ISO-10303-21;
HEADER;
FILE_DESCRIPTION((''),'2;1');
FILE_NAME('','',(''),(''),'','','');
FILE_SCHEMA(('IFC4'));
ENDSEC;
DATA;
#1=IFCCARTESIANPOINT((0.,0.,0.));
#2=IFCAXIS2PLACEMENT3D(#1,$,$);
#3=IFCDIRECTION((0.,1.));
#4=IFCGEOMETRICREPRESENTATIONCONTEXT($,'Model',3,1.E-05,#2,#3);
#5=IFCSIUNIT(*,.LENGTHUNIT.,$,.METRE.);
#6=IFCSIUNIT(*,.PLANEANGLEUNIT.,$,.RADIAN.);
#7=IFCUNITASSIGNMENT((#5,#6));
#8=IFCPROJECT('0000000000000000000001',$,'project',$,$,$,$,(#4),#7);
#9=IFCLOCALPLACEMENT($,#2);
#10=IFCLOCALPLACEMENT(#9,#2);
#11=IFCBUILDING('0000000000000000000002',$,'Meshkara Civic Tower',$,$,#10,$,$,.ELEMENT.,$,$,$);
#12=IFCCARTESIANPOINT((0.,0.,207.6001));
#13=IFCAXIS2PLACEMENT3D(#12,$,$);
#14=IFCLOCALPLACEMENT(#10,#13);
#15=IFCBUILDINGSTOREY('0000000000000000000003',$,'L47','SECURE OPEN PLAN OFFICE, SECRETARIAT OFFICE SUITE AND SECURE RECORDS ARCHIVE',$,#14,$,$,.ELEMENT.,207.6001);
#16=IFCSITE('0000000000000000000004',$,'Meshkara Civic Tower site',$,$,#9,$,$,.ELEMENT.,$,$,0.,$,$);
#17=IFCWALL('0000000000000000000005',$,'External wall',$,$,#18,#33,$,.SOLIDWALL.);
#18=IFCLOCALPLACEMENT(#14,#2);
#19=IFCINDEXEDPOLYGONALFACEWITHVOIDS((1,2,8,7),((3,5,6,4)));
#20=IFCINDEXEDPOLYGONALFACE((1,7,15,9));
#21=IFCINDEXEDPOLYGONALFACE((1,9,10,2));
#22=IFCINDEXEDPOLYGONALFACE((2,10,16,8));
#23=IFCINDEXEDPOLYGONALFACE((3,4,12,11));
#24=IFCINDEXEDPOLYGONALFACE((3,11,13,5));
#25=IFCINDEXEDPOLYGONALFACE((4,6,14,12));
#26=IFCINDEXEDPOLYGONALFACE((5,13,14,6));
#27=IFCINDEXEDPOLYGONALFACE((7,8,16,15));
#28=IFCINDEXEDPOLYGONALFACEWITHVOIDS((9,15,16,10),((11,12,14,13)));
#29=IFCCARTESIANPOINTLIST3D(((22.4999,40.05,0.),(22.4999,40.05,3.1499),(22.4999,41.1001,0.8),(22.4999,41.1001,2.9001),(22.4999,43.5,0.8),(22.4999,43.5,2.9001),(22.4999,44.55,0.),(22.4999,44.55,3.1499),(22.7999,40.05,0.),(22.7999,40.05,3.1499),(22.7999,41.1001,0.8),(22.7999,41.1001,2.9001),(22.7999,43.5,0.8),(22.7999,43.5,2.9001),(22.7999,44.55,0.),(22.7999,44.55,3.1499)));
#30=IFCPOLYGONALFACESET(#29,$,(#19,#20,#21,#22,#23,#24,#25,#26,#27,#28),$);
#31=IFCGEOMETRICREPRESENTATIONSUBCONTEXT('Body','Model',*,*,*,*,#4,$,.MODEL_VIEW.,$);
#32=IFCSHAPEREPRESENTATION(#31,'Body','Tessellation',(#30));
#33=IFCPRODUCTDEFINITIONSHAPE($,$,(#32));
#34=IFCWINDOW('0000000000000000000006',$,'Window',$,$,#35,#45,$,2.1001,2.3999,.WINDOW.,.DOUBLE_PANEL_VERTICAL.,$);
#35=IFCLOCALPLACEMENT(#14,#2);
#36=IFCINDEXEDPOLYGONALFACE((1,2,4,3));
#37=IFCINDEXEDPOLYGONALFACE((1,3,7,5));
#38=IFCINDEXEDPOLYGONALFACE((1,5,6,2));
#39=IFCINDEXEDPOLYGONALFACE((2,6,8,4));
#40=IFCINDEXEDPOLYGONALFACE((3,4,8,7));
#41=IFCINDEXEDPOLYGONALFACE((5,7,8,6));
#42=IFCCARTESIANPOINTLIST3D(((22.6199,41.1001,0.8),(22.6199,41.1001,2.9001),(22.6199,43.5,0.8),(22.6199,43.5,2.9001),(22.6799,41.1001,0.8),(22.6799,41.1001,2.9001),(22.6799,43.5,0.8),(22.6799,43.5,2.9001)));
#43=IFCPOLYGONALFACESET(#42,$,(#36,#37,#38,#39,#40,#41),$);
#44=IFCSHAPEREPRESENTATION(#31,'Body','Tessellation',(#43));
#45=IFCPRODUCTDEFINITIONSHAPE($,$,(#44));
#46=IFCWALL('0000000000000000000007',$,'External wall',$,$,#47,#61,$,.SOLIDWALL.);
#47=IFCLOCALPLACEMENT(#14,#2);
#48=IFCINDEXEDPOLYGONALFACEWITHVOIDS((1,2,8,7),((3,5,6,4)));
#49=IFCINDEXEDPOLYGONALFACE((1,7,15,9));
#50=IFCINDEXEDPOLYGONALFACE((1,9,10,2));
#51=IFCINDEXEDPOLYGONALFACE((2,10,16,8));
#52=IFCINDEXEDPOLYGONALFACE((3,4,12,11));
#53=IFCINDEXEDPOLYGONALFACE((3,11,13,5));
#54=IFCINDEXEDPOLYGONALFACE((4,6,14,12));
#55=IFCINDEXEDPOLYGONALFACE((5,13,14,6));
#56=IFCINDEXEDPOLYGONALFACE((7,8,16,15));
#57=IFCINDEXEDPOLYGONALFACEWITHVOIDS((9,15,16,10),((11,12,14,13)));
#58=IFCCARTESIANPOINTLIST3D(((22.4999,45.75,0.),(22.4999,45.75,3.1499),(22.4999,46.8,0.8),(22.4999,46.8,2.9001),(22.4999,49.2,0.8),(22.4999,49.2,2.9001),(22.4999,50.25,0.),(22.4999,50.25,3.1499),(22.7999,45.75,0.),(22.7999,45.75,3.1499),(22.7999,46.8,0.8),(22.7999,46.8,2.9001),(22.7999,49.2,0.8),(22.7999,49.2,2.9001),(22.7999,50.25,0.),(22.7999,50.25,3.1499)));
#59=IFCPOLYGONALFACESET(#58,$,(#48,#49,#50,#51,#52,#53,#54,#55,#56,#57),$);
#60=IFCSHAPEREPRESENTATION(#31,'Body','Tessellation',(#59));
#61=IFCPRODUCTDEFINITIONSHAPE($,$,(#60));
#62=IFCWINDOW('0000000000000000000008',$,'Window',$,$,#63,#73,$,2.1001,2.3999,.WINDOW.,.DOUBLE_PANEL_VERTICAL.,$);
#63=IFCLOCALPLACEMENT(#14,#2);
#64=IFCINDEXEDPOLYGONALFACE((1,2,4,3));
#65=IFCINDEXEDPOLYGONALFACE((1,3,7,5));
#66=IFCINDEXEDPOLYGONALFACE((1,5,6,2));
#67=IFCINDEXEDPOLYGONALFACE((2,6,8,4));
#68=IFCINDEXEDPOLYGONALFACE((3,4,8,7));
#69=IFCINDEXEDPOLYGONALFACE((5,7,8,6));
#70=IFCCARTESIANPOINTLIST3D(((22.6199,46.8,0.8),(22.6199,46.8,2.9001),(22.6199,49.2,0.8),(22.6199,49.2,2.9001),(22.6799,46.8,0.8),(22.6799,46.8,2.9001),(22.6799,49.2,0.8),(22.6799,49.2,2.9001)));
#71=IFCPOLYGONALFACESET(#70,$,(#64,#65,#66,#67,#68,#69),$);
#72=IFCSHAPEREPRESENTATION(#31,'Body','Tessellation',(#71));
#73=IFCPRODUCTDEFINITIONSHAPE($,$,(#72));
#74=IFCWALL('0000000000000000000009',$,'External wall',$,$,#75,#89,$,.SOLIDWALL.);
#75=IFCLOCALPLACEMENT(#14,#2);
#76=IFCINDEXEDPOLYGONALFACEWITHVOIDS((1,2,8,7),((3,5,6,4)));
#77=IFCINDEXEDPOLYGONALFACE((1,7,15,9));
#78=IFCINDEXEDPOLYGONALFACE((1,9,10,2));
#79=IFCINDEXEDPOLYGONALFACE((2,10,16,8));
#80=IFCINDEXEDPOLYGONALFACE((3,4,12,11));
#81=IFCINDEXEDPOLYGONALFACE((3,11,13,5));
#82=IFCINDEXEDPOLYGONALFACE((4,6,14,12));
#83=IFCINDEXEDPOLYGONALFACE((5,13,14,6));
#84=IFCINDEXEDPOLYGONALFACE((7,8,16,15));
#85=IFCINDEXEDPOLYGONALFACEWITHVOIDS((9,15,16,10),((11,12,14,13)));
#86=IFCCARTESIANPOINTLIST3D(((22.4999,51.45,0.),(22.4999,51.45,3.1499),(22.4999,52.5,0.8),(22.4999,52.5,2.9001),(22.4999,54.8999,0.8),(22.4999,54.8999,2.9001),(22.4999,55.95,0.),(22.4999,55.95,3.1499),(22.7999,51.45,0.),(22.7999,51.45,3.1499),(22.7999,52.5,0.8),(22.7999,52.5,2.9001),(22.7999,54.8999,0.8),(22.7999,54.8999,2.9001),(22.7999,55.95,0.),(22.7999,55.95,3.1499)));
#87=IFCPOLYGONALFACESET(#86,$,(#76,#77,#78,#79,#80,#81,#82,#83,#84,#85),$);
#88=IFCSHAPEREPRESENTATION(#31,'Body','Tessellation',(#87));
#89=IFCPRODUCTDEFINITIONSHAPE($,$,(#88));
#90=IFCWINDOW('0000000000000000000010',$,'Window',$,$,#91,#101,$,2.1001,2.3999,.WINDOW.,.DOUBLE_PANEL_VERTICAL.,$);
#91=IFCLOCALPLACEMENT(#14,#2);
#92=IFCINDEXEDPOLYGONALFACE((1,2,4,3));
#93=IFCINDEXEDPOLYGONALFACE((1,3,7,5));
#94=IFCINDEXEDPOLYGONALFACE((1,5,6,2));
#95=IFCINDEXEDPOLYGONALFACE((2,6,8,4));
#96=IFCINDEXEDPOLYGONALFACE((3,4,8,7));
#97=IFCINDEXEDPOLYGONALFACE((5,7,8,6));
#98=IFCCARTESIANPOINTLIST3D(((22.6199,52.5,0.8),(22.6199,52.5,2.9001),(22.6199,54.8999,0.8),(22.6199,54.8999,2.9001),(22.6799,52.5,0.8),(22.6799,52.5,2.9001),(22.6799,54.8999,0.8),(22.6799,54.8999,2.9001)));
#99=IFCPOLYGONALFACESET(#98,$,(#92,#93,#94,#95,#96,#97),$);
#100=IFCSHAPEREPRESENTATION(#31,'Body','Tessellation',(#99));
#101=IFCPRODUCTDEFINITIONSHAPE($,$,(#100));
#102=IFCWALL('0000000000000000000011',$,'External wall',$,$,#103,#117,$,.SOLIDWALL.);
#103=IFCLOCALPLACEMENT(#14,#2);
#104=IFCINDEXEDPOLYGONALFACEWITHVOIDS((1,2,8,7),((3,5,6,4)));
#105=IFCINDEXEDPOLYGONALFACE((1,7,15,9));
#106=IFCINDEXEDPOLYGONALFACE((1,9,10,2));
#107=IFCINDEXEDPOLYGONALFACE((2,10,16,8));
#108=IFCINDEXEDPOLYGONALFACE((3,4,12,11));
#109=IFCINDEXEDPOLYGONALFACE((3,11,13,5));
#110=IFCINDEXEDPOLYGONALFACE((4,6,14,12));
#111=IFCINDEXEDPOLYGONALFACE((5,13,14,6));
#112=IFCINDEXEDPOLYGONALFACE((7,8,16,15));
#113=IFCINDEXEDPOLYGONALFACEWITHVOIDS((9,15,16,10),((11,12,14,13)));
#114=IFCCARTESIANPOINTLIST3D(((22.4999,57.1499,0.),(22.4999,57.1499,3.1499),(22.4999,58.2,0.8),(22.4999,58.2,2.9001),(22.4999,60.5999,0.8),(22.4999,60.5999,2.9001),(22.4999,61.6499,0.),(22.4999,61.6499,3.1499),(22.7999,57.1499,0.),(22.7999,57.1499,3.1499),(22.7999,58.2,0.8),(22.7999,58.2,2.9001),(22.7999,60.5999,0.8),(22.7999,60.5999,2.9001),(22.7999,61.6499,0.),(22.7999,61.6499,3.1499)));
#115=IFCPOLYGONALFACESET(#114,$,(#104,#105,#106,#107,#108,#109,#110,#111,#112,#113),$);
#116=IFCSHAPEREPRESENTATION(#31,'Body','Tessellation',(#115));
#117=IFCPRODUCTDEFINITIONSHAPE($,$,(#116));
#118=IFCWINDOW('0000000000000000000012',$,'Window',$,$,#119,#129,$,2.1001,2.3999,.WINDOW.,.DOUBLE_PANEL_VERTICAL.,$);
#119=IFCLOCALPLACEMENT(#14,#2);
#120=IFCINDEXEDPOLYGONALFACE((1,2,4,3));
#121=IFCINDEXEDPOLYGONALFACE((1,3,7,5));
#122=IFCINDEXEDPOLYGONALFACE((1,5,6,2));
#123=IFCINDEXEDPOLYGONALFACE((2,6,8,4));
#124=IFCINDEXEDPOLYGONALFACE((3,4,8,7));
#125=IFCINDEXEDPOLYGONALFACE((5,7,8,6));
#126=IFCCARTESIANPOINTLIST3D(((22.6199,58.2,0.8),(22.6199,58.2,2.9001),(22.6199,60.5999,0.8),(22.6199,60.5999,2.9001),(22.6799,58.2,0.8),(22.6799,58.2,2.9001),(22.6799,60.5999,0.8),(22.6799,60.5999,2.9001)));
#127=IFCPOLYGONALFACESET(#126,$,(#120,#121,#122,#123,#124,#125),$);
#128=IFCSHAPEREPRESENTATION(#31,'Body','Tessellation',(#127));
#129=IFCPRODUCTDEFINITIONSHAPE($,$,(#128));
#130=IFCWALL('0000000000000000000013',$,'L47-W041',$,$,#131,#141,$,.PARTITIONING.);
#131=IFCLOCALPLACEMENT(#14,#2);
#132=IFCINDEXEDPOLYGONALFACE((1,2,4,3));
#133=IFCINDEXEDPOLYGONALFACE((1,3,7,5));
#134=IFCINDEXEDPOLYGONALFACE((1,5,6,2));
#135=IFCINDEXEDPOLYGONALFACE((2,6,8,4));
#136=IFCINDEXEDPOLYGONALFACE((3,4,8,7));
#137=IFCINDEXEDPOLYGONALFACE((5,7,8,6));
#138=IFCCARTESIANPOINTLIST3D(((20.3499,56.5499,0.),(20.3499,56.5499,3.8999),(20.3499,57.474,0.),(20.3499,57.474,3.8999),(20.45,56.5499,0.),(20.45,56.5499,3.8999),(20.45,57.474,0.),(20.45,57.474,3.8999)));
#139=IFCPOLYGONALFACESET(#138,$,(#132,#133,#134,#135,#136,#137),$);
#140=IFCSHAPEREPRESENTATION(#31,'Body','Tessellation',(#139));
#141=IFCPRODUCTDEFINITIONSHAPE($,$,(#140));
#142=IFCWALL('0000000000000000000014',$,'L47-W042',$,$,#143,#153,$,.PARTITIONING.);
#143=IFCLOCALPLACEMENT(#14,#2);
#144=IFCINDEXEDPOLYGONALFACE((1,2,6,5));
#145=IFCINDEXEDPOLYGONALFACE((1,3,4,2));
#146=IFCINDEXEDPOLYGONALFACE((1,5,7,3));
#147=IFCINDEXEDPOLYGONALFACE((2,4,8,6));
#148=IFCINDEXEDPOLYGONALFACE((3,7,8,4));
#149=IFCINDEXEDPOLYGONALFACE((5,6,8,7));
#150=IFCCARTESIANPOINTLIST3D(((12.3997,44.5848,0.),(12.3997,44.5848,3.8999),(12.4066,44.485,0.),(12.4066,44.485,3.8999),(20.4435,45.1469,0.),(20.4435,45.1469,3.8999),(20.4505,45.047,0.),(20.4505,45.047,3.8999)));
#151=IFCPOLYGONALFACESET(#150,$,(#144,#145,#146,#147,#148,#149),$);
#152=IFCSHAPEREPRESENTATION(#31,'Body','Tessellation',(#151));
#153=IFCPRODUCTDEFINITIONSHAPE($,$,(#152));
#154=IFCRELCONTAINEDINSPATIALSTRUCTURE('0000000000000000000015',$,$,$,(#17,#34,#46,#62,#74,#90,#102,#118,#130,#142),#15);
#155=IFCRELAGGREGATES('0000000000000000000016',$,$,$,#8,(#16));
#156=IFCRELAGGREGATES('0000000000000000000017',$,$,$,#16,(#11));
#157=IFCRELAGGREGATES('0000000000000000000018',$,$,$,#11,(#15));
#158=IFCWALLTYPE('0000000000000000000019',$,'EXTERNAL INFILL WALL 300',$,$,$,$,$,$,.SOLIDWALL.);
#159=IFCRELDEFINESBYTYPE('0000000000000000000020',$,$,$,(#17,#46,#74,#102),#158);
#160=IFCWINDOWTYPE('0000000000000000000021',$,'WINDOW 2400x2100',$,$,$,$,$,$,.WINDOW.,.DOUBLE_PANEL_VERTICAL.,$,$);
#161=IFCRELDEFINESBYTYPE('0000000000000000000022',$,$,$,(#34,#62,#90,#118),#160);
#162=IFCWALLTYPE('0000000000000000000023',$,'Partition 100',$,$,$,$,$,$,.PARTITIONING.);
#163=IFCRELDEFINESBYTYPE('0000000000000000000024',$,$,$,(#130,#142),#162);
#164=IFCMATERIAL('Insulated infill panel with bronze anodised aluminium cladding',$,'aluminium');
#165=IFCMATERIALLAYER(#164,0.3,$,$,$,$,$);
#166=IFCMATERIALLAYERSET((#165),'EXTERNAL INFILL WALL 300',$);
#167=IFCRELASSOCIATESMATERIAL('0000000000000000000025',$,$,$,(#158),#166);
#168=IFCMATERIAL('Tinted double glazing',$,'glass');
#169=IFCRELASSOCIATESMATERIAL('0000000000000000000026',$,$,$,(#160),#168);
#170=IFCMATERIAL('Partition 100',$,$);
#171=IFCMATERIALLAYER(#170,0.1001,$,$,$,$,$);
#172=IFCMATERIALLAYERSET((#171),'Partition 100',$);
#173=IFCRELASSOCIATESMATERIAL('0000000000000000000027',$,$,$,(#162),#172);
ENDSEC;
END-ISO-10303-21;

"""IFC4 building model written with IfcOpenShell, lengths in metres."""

from ifc_helpers import new_model, si_unit, direction, frame, frame_2d, origin, place, context, subcontext, project, spatial, rectangle, extrude, material, layer, layer_set, type_object, element, fill, save


model = new_model("IFC4")

# Units and contexts
model_context = context("Model", 3, precision=1e-05, world=origin(), true_north=direction((0.0, 1.0)))
body_context = subcontext(model_context, "Body", "Model", "MODEL_VIEW")
ifc_project = project(units=[si_unit("LENGTHUNIT", "METRE"), si_unit("PLANEANGLEUNIT", "RADIAN")], contexts=[model_context])

# Site, building, storey
site_placement = place(None, origin())
site = spatial("IfcSite", under=ifc_project, at=site_placement, Name="Meshkara Civic Tower site", CompositionType="ELEMENT", RefElevation=0.0)
building_placement = place(site_placement, origin())
building = spatial("IfcBuilding", under=site, at=building_placement, Name="Meshkara Civic Tower", CompositionType="ELEMENT")
storey_placement = place(building_placement, frame((0.0, 0.0, 207.6001)))
storey = spatial("IfcBuildingStorey", under=building, at=storey_placement, Name="L47", Description="SECURE OPEN PLAN OFFICE, SECRETARIAT OFFICE SUITE AND SECURE RECORDS ARCHIVE", CompositionType="ELEMENT", Elevation=207.6001)

# Walls, openings, windows
ifc_material_1 = material(Name="Insulated infill panel with bronze anodised aluminium cladding", Category="aluminium")
ifc_layer_1 = layer(ifc_material_1, 0.3)
ifc_layer_set_1 = layer_set([ifc_layer_1], Name="EXTERNAL INFILL WALL 300")
wall_type_1 = type_object("IfcWallType", Name="EXTERNAL INFILL WALL 300", PredefinedType="SOLIDWALL", material=ifc_layer_set_1)
wall_1_placement = place(storey_placement, frame((22.6499, 40.05, 0.0), z_axis=(0.0, 0.0, 1.0), x_axis=(0.0, 1.0, 0.0)))
wall_1 = element("IfcWall", 1, at=wall_1_placement, inside=storey, type_object=wall_type_1, Name="External wall", PredefinedType="SOLIDWALL", context=body_context, shape_type="SweptSolid", body=[
    extrude(rectangle(XDim=4.5, YDim=0.3, at=frame_2d((2.25, 0.0))), origin(), (0.0, 0.0, 1.0), 3.1499),
])
opening_1_placement = place(wall_1_placement, frame((1.05, 0.0, 0.8)))
opening_1 = element("IfcOpeningElement", 2, at=opening_1_placement, cuts=wall_1, PredefinedType="OPENING", context=body_context, shape_type="SweptSolid", body=[
    extrude(rectangle(XDim=2.3999, YDim=2.1001, at=frame_2d((1.2, 1.05))), frame((0.0, 0.1599, 0.0), z_axis=(0.0, -1.0, 0.0), x_axis=(1.0, 0.0, 0.0)), (0.0, 0.0, 1.0), 0.3201),
])
ifc_material_2 = material(Name="Tinted double glazing", Category="glass")
window_type = type_object("IfcWindowType", Name="WINDOW 2400x2100", PartitioningType="DOUBLE_PANEL_VERTICAL", PredefinedType="WINDOW", material=ifc_material_2)
window_1_placement = place(opening_1_placement, origin())
window_1 = element("IfcWindow", 3, at=window_1_placement, inside=storey, type_object=window_type, Name="Window", OverallHeight=2.1001, OverallWidth=2.3999, PartitioningType="DOUBLE_PANEL_VERTICAL", PredefinedType="WINDOW", context=body_context, shape_type="SweptSolid", body=[
    extrude(rectangle(XDim=2.3999, YDim=2.1001, at=frame_2d((1.2, 1.05))), frame((0.0, 0.03, 0.0), z_axis=(0.0, -1.0, 0.0), x_axis=(1.0, 0.0, 0.0)), (0.0, 0.0, 1.0), 0.0601),
])
fill(opening_1, window_1)
wall_2_placement = place(storey_placement, frame((22.6499, 45.75, 0.0), z_axis=(0.0, 0.0, 1.0), x_axis=(0.0, 1.0, 0.0)))
wall_2 = element("IfcWall", 4, at=wall_2_placement, inside=storey, type_object=wall_type_1, Name="External wall", PredefinedType="SOLIDWALL", context=body_context, shape_type="SweptSolid", body=[
    extrude(rectangle(XDim=4.5, YDim=0.3, at=frame_2d((2.25, 0.0))), origin(), (0.0, 0.0, 1.0), 3.1499),
])
opening_2_placement = place(wall_2_placement, frame((1.05, 0.0, 0.8)))
opening_2 = element("IfcOpeningElement", 5, at=opening_2_placement, cuts=wall_2, PredefinedType="OPENING", context=body_context, shape_type="SweptSolid", body=[
    extrude(rectangle(XDim=2.3999, YDim=2.1001, at=frame_2d((1.2, 1.05))), frame((0.0, 0.1599, 0.0), z_axis=(0.0, -1.0, 0.0), x_axis=(1.0, 0.0, 0.0)), (0.0, 0.0, 1.0), 0.3201),
])
window_2_placement = place(opening_2_placement, origin())
window_2 = element("IfcWindow", 6, at=window_2_placement, inside=storey, type_object=window_type, Name="Window", OverallHeight=2.1001, OverallWidth=2.3999, PartitioningType="DOUBLE_PANEL_VERTICAL", PredefinedType="WINDOW", context=body_context, shape_type="SweptSolid", body=[
    extrude(rectangle(XDim=2.3999, YDim=2.1001, at=frame_2d((1.2, 1.05))), frame((0.0, 0.03, 0.0), z_axis=(0.0, -1.0, 0.0), x_axis=(1.0, 0.0, 0.0)), (0.0, 0.0, 1.0), 0.0601),
])
fill(opening_2, window_2)
wall_3_placement = place(storey_placement, frame((22.6499, 51.45, 0.0), z_axis=(0.0, 0.0, 1.0), x_axis=(0.0, 1.0, 0.0)))
wall_3 = element("IfcWall", 7, at=wall_3_placement, inside=storey, type_object=wall_type_1, Name="External wall", PredefinedType="SOLIDWALL", context=body_context, shape_type="SweptSolid", body=[
    extrude(rectangle(XDim=4.5, YDim=0.3, at=frame_2d((2.25, 0.0))), origin(), (0.0, 0.0, 1.0), 3.1499),
])
opening_3_placement = place(wall_3_placement, frame((1.05, 0.0, 0.8)))
opening_3 = element("IfcOpeningElement", 8, at=opening_3_placement, cuts=wall_3, PredefinedType="OPENING", context=body_context, shape_type="SweptSolid", body=[
    extrude(rectangle(XDim=2.3999, YDim=2.1001, at=frame_2d((1.2, 1.05))), frame((0.0, 0.1599, 0.0), z_axis=(0.0, -1.0, 0.0), x_axis=(1.0, 0.0, 0.0)), (0.0, 0.0, 1.0), 0.3201),
])
window_3_placement = place(opening_3_placement, origin())
window_3 = element("IfcWindow", 9, at=window_3_placement, inside=storey, type_object=window_type, Name="Window", OverallHeight=2.1001, OverallWidth=2.3999, PartitioningType="DOUBLE_PANEL_VERTICAL", PredefinedType="WINDOW", context=body_context, shape_type="SweptSolid", body=[
    extrude(rectangle(XDim=2.3999, YDim=2.1001, at=frame_2d((1.2, 1.05))), frame((0.0, 0.03, 0.0), z_axis=(0.0, -1.0, 0.0), x_axis=(1.0, 0.0, 0.0)), (0.0, 0.0, 1.0), 0.0601),
])
fill(opening_3, window_3)
wall_4_placement = place(storey_placement, frame((22.6499, 57.1499, 0.0), z_axis=(0.0, 0.0, 1.0), x_axis=(0.0, 1.0, 0.0)))
wall_4 = element("IfcWall", 10, at=wall_4_placement, inside=storey, type_object=wall_type_1, Name="External wall", PredefinedType="SOLIDWALL", context=body_context, shape_type="SweptSolid", body=[
    extrude(rectangle(XDim=4.5, YDim=0.3, at=frame_2d((2.25, 0.0))), origin(), (0.0, 0.0, 1.0), 3.1499),
])
opening_4_placement = place(wall_4_placement, frame((1.05, 0.0, 0.8)))
opening_4 = element("IfcOpeningElement", 11, at=opening_4_placement, cuts=wall_4, PredefinedType="OPENING", context=body_context, shape_type="SweptSolid", body=[
    extrude(rectangle(XDim=2.3999, YDim=2.1001, at=frame_2d((1.2, 1.05))), frame((0.0, 0.1599, 0.0), z_axis=(0.0, -1.0, 0.0), x_axis=(1.0, 0.0, 0.0)), (0.0, 0.0, 1.0), 0.3201),
])
window_4_placement = place(opening_4_placement, origin())
window_4 = element("IfcWindow", 12, at=window_4_placement, inside=storey, type_object=window_type, Name="Window", OverallHeight=2.1001, OverallWidth=2.3999, PartitioningType="DOUBLE_PANEL_VERTICAL", PredefinedType="WINDOW", context=body_context, shape_type="SweptSolid", body=[
    extrude(rectangle(XDim=2.3999, YDim=2.1001, at=frame_2d((1.2, 1.05))), frame((0.0, 0.03, 0.0), z_axis=(0.0, -1.0, 0.0), x_axis=(1.0, 0.0, 0.0)), (0.0, 0.0, 1.0), 0.0601),
])
fill(opening_4, window_4)

# Walls
ifc_material_3 = material(Name="Partition 100")
ifc_layer_2 = layer(ifc_material_3, 0.1001)
ifc_layer_set_2 = layer_set([ifc_layer_2], Name="Partition 100")
wall_type_2 = type_object("IfcWallType", Name="Partition 100", PredefinedType="PARTITIONING", material=ifc_layer_set_2)
wall_5_placement = place(storey_placement, frame((20.3999, 56.55, 0.0), z_axis=(0.0, 0.0, 1.0), x_axis=(0.0, 1.0, 0.0)))
element("IfcWall", 13, at=wall_5_placement, inside=storey, type_object=wall_type_2, Name="L47-W041", PredefinedType="PARTITIONING", context=body_context, shape_type="SweptSolid", body=[
    extrude(rectangle(XDim=0.9241, YDim=0.1001, at=frame_2d((0.4619, 0.0))), origin(), (0.0, 0.0, 1.0), 3.8999),
])
wall_6_placement = place(storey_placement, frame((20.447, 45.0969, 0.0), z_axis=(0.0, 0.0, 1.0), x_axis=(-0.997568, -0.069698, 0.0)))
element("IfcWall", 14, at=wall_6_placement, inside=storey, type_object=wall_type_2, Name="L47-W042", PredefinedType="PARTITIONING", context=body_context, shape_type="SweptSolid", body=[
    extrude(rectangle(XDim=8.0635, YDim=0.1001, at=frame_2d((4.0317, 0.0))), origin(), (0.0, 0.0, 1.0), 3.8999),
])

save(model, "model.ifc")
